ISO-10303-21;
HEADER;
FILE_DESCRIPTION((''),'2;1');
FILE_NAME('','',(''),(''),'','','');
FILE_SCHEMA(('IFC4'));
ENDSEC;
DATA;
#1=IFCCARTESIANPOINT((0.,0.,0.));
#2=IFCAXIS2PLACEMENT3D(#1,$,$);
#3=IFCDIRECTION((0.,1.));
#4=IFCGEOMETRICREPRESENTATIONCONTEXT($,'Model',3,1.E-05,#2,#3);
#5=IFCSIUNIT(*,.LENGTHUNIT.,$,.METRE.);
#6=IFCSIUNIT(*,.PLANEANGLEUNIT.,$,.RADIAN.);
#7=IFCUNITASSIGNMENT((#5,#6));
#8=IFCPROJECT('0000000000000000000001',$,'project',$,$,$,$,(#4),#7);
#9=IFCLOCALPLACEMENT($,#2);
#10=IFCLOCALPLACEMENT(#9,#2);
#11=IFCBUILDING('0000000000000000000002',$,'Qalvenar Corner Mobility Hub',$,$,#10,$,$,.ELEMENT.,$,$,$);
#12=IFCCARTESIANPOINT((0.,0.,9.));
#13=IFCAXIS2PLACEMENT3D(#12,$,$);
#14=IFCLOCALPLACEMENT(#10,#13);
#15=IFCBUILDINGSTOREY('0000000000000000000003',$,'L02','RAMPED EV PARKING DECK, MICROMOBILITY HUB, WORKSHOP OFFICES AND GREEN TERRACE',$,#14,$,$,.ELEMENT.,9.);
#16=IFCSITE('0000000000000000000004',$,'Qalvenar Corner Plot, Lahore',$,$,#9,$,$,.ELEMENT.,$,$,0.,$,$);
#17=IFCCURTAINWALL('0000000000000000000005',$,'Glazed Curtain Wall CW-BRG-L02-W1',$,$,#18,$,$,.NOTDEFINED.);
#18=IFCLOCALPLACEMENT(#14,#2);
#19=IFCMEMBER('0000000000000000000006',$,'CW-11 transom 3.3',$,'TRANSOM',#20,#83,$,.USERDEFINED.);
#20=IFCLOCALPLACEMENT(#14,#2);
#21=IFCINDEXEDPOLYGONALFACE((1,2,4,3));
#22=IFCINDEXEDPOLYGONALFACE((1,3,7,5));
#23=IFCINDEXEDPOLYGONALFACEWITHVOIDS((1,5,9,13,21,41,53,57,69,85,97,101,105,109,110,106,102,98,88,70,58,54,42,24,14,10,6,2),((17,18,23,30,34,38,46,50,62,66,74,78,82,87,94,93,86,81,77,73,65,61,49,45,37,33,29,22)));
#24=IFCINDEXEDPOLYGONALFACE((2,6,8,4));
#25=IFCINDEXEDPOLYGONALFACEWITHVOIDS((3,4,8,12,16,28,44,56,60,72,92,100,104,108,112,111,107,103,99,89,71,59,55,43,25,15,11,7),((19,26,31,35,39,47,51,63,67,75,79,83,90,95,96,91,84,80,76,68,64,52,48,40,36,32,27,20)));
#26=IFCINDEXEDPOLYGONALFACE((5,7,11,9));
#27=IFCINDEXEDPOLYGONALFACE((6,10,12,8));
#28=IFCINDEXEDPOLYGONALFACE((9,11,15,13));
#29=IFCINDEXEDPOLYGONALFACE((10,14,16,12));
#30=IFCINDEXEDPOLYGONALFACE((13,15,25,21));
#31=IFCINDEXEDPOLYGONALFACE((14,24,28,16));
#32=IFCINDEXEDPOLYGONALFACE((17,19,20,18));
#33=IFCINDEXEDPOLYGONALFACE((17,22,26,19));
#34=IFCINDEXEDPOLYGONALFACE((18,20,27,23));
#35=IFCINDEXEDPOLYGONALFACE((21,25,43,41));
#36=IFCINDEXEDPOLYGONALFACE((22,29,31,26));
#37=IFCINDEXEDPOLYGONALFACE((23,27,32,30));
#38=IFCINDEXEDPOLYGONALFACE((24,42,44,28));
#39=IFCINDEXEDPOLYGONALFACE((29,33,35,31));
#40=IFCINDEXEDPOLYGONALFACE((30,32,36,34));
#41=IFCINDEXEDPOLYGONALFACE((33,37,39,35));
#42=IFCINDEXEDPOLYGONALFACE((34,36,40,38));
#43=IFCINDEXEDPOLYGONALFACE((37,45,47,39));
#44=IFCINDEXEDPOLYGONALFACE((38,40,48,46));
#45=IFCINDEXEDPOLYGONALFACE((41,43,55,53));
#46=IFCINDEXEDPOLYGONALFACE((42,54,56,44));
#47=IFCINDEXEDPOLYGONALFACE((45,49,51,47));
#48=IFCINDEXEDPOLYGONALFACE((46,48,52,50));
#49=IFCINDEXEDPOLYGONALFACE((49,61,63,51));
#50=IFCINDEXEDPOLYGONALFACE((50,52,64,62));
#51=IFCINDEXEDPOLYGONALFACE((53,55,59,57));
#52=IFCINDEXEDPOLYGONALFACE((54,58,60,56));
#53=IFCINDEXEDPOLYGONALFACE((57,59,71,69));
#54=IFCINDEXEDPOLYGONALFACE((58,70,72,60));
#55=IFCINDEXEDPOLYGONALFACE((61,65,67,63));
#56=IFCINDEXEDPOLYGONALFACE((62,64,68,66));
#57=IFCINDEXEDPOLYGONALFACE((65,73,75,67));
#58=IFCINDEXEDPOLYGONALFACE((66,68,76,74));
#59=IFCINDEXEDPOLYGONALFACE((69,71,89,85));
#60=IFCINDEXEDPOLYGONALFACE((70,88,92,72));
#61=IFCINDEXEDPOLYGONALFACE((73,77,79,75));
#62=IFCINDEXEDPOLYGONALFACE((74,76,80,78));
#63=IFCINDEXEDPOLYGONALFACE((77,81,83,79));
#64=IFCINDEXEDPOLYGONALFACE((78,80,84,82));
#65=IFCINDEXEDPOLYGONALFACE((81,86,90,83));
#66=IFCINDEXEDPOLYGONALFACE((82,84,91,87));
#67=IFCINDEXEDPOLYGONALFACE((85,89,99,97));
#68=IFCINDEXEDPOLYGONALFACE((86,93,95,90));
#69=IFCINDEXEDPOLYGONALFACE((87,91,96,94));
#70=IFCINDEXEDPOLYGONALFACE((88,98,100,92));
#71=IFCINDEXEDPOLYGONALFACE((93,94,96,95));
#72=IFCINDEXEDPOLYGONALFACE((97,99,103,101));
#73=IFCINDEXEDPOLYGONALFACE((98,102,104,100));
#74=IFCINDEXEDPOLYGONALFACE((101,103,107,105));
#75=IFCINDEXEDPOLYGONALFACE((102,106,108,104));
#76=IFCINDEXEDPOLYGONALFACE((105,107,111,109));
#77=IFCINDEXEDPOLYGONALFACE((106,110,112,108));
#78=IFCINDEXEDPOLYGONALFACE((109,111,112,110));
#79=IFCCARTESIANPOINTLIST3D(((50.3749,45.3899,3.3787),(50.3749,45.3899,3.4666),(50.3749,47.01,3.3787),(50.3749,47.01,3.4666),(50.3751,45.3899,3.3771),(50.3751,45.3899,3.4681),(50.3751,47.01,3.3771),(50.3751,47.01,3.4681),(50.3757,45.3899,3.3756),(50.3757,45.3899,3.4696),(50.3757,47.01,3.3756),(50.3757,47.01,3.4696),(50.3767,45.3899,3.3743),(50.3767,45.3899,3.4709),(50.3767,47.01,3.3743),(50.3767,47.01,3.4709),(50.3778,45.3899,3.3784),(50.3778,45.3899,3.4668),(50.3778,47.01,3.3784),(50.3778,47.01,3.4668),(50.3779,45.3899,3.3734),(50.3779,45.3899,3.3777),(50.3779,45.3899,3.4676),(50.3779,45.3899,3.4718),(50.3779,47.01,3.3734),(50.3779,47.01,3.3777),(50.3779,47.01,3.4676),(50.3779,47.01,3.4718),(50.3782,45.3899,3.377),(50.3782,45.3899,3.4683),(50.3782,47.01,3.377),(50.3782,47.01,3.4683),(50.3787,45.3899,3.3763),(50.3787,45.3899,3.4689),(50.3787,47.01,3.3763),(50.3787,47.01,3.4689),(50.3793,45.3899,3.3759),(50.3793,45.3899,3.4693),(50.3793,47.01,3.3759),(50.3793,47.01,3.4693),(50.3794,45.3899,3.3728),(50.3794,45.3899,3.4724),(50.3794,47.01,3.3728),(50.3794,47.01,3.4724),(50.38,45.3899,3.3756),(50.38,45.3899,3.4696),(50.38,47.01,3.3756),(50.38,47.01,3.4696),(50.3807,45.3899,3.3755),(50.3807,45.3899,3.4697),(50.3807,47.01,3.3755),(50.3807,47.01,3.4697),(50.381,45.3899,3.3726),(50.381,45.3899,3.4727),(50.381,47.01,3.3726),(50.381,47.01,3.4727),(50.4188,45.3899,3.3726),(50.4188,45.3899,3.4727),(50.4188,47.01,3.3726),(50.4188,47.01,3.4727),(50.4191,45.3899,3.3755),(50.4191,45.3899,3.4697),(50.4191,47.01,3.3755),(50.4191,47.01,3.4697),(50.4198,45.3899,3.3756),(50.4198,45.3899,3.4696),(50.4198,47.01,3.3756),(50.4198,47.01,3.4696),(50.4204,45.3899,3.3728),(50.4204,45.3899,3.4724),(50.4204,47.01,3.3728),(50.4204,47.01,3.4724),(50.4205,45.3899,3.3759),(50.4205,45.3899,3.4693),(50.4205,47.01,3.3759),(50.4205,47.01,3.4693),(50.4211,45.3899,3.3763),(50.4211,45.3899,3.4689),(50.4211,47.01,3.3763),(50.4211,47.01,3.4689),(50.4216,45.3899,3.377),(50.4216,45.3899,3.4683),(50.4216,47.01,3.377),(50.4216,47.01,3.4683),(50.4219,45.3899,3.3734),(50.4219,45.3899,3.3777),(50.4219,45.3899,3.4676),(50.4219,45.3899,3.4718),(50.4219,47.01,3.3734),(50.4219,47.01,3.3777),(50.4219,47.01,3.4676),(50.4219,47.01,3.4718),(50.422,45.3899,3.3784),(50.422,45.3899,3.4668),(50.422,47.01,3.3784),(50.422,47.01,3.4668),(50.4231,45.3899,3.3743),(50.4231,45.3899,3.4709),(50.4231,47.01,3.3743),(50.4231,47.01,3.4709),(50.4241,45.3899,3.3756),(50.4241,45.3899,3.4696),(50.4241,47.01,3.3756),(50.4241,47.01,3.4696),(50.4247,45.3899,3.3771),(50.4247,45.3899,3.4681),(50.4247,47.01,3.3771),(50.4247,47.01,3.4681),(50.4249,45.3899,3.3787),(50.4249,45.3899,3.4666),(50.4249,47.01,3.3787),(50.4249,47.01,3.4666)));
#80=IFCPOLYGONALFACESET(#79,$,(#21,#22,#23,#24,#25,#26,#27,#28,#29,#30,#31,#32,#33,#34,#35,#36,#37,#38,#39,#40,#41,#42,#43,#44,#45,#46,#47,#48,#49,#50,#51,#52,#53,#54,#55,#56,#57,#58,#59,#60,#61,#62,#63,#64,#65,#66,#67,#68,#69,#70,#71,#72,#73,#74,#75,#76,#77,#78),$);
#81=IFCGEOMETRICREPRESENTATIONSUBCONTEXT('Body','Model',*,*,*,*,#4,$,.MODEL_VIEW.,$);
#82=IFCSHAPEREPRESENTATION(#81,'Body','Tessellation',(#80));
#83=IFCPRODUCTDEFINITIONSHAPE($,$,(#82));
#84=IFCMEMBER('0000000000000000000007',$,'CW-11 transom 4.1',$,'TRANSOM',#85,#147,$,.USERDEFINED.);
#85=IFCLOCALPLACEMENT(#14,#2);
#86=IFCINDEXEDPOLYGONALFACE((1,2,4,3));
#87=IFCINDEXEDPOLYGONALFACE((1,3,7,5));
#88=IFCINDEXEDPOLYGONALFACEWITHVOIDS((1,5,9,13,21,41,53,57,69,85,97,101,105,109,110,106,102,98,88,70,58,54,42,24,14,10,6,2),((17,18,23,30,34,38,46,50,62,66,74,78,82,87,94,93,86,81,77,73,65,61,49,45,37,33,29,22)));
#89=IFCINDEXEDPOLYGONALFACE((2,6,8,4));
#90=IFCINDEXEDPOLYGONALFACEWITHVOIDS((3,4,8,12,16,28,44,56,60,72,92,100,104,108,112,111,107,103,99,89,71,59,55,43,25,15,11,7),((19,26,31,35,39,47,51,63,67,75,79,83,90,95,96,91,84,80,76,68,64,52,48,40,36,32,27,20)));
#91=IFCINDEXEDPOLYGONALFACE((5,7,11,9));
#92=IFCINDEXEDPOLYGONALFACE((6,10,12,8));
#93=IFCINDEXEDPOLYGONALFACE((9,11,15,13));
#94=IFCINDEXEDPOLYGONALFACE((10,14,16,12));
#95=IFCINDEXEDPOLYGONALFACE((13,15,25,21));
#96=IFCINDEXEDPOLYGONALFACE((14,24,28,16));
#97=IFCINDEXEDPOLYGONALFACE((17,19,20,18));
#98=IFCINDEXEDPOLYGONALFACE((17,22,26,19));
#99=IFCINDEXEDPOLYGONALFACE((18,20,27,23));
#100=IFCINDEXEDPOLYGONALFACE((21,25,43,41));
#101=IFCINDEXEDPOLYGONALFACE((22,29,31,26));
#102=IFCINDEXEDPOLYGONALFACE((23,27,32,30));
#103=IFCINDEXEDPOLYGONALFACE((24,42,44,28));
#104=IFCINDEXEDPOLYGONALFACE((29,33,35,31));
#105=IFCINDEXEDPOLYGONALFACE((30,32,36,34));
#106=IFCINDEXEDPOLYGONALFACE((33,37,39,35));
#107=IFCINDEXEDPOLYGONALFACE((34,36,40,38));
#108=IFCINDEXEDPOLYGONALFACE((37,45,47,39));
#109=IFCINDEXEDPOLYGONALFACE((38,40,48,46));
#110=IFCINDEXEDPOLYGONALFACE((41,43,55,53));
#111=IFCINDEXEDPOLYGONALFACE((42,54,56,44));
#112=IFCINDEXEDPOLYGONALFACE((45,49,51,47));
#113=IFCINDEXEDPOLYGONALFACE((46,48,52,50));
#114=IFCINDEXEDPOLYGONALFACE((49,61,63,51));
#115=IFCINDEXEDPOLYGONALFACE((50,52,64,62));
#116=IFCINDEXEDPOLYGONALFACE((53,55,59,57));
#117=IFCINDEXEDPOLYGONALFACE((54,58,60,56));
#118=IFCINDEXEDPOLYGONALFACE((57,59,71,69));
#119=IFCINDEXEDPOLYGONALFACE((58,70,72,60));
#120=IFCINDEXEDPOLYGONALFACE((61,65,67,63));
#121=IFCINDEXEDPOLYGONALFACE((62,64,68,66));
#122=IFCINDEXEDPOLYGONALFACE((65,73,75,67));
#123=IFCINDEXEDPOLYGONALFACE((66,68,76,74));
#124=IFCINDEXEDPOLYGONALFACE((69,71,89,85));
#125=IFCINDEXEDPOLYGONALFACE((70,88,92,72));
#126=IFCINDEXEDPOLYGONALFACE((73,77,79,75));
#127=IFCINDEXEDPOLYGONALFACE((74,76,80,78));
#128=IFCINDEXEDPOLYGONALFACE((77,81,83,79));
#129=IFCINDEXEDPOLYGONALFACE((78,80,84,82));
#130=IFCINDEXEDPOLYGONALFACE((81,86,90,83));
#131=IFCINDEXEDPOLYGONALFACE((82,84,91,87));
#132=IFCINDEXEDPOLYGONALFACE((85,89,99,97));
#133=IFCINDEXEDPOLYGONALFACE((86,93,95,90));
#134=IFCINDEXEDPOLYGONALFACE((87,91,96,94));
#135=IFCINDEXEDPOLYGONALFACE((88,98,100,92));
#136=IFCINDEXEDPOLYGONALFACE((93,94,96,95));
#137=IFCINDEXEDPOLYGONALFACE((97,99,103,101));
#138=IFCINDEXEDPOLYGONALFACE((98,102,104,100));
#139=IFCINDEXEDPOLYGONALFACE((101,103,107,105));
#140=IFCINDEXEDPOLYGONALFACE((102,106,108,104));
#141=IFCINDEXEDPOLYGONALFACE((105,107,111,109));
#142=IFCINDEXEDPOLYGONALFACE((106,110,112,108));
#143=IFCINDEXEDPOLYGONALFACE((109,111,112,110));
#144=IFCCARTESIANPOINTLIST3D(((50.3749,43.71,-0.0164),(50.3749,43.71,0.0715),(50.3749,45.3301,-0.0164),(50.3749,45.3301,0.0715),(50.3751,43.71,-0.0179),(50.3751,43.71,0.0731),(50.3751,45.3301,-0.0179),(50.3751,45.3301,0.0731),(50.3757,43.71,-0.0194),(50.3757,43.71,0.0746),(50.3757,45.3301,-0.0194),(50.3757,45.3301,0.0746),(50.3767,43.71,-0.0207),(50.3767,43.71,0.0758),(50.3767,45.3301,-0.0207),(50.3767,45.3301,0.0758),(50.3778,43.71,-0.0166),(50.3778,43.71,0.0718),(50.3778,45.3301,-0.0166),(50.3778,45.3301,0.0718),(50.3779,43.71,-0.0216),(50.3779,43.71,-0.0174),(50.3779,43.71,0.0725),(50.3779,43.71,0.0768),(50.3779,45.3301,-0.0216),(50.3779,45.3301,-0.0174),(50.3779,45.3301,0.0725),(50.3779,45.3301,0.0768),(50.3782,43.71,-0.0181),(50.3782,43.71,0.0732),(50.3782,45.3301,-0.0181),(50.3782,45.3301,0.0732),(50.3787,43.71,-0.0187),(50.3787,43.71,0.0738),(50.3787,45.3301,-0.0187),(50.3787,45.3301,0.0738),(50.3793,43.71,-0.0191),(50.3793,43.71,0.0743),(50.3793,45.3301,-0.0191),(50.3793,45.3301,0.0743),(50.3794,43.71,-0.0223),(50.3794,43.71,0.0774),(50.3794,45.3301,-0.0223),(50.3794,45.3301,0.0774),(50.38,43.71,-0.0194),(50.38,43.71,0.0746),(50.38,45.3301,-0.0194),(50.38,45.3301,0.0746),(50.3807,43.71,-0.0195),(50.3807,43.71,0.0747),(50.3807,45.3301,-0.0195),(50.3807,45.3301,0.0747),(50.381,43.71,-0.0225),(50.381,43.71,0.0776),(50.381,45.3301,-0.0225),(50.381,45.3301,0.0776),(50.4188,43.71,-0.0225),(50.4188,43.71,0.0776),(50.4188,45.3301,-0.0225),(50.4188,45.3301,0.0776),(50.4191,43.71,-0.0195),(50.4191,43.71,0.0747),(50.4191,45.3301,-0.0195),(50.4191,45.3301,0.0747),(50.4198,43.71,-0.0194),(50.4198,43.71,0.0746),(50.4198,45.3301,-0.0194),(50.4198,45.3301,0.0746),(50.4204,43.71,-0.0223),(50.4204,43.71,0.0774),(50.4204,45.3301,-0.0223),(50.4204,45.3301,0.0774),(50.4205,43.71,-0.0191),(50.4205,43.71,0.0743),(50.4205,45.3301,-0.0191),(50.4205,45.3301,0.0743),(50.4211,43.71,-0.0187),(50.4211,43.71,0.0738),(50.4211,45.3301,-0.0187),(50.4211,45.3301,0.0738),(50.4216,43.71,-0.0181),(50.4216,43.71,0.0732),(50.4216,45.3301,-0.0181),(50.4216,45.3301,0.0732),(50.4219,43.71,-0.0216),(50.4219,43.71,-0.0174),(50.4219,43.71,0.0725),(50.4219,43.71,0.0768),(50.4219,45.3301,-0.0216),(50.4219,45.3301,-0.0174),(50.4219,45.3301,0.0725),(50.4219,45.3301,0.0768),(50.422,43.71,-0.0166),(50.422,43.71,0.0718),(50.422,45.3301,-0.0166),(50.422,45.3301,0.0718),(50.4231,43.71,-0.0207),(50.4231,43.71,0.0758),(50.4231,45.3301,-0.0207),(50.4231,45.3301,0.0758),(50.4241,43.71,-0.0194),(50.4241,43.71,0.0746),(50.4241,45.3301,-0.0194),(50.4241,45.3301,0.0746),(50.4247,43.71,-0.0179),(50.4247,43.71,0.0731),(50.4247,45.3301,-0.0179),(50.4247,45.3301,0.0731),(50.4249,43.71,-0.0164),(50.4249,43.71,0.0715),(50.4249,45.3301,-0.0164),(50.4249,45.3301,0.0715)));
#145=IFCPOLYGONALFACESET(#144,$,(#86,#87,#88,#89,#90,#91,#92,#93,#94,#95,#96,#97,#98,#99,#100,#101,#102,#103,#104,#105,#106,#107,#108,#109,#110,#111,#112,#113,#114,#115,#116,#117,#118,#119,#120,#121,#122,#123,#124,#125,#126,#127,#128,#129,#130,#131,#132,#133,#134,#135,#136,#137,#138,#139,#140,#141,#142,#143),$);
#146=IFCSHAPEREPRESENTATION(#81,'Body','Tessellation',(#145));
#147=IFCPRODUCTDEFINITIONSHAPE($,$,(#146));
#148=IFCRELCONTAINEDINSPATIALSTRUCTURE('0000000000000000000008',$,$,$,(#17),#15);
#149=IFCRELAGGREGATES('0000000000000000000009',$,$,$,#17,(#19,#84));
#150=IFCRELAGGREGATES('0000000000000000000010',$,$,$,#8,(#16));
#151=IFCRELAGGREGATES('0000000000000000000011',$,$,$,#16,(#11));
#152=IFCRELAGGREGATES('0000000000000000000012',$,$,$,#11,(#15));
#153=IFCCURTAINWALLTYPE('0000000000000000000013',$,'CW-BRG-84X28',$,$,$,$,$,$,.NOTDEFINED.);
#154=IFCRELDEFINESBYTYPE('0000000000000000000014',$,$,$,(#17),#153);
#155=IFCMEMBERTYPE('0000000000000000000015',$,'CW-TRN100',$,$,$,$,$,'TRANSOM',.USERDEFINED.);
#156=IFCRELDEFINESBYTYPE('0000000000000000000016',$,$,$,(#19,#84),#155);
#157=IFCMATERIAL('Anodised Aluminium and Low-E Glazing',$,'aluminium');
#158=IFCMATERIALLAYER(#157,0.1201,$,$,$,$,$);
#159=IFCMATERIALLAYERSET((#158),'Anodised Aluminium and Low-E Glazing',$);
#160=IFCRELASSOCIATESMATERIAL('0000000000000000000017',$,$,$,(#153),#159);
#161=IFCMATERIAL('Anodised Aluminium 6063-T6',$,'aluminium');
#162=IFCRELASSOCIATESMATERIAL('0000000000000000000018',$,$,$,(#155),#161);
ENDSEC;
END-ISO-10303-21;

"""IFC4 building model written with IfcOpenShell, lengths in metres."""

from ifc_helpers import new_model, si_unit, direction, frame, origin, origin_2d, place, context, subcontext, project, spatial, hollow_rectangle, extrude, material, layer, layer_set, material_profile, profile_set, type_object, element, aggregate, save


model = new_model("IFC4")

# Units and contexts
model_context = context("Model", 3, precision=1e-05, world=origin(), true_north=direction((0.0, 1.0)))
body_context = subcontext(model_context, "Body", "Model", "MODEL_VIEW")
ifc_project = project(units=[si_unit("LENGTHUNIT", "METRE"), si_unit("PLANEANGLEUNIT", "RADIAN")], contexts=[model_context])

# Site, building, storey
site_placement = place(None, origin())
site = spatial("IfcSite", under=ifc_project, at=site_placement, Name="Qalvenar Corner Plot, Lahore", CompositionType="ELEMENT", RefElevation=0.0)
building_placement = place(site_placement, origin())
building = spatial("IfcBuilding", under=site, at=building_placement, Name="Qalvenar Corner Mobility Hub", CompositionType="ELEMENT")
storey_placement = place(building_placement, frame((0.0, 0.0, 9.0)))
storey = spatial("IfcBuildingStorey", under=building, at=storey_placement, Name="L02", Description="RAMPED EV PARKING DECK, MICROMOBILITY HUB, WORKSHOP OFFICES AND GREEN TERRACE", CompositionType="ELEMENT", Elevation=9.0)

# Curtain wall, members
ifc_material_1 = material(Name="Anodised Aluminium and Low-E Glazing", Category="aluminium")
ifc_layer_1 = layer(ifc_material_1, 0.1201)
ifc_layer_set_1 = layer_set([ifc_layer_1], Name="Anodised Aluminium and Low-E Glazing")
curtain_wall_type = type_object("IfcCurtainWallType", Name="CW-BRG-84X28", PredefinedType="NOTDEFINED", material=ifc_layer_set_1)
curtain_wall_placement = place(storey_placement, origin())
curtain_wall = element("IfcCurtainWall", 1, at=curtain_wall_placement, inside=storey, type_object=curtain_wall_type, Name="Glazed Curtain Wall CW-BRG-L02-W1", PredefinedType="NOTDEFINED")
ifc_material_2 = material(Name="Anodised Aluminium 6063-T6", Category="aluminium")
ifc_material_profile_1 = material_profile(ifc_material_2, hollow_rectangle(XDim=0.05, YDim=0.1001, WallThickness=0.0029, InnerFilletRadius=0.0029, OuterFilletRadius=0.0061, at=origin_2d()), Name="RHS100x50x3")
ifc_profile_set_1 = profile_set([ifc_material_profile_1], Name="Anodised Aluminium 6063-T6")
member_type_1 = type_object("IfcMemberType", Name="CW-TRN100", ElementType="TRANSOM", PredefinedType="USERDEFINED", material=ifc_profile_set_1)
member_1_placement = place(storey_placement, frame((50.3999, 47.01, 3.4226), z_axis=(0.0, -1.0, 0.0), x_axis=(1.0, 0.0, 0.0)))
member_1 = element("IfcMember", 2, at=member_1_placement, type_object=member_type_1, Name="CW-11 transom 3.3", ObjectType="TRANSOM", PredefinedType="USERDEFINED", context=body_context, shape_type="SweptSolid", body=[
    extrude(hollow_rectangle(XDim=0.05, YDim=0.1001, WallThickness=0.0029, InnerFilletRadius=0.0029, OuterFilletRadius=0.0061, at=origin_2d()), origin(), (0.0, 0.0, 1.0), 1.6201),
])
member_2_placement = place(storey_placement, frame((50.3999, 45.3301, 0.0276), z_axis=(0.0, -1.0, 0.0), x_axis=(1.0, 0.0, 0.0)))
member_2 = element("IfcMember", 3, at=member_2_placement, type_object=member_type_1, Name="CW-11 transom 4.1", ObjectType="TRANSOM", PredefinedType="USERDEFINED", context=body_context, shape_type="SweptSolid", body=[
    extrude(hollow_rectangle(XDim=0.05, YDim=0.1001, WallThickness=0.0029, InnerFilletRadius=0.0029, OuterFilletRadius=0.0061, at=origin_2d()), origin(), (0.0, 0.0, 1.0), 1.6201),
])
aggregate(curtain_wall, [member_1, member_2])

save(model, "model.ifc")
